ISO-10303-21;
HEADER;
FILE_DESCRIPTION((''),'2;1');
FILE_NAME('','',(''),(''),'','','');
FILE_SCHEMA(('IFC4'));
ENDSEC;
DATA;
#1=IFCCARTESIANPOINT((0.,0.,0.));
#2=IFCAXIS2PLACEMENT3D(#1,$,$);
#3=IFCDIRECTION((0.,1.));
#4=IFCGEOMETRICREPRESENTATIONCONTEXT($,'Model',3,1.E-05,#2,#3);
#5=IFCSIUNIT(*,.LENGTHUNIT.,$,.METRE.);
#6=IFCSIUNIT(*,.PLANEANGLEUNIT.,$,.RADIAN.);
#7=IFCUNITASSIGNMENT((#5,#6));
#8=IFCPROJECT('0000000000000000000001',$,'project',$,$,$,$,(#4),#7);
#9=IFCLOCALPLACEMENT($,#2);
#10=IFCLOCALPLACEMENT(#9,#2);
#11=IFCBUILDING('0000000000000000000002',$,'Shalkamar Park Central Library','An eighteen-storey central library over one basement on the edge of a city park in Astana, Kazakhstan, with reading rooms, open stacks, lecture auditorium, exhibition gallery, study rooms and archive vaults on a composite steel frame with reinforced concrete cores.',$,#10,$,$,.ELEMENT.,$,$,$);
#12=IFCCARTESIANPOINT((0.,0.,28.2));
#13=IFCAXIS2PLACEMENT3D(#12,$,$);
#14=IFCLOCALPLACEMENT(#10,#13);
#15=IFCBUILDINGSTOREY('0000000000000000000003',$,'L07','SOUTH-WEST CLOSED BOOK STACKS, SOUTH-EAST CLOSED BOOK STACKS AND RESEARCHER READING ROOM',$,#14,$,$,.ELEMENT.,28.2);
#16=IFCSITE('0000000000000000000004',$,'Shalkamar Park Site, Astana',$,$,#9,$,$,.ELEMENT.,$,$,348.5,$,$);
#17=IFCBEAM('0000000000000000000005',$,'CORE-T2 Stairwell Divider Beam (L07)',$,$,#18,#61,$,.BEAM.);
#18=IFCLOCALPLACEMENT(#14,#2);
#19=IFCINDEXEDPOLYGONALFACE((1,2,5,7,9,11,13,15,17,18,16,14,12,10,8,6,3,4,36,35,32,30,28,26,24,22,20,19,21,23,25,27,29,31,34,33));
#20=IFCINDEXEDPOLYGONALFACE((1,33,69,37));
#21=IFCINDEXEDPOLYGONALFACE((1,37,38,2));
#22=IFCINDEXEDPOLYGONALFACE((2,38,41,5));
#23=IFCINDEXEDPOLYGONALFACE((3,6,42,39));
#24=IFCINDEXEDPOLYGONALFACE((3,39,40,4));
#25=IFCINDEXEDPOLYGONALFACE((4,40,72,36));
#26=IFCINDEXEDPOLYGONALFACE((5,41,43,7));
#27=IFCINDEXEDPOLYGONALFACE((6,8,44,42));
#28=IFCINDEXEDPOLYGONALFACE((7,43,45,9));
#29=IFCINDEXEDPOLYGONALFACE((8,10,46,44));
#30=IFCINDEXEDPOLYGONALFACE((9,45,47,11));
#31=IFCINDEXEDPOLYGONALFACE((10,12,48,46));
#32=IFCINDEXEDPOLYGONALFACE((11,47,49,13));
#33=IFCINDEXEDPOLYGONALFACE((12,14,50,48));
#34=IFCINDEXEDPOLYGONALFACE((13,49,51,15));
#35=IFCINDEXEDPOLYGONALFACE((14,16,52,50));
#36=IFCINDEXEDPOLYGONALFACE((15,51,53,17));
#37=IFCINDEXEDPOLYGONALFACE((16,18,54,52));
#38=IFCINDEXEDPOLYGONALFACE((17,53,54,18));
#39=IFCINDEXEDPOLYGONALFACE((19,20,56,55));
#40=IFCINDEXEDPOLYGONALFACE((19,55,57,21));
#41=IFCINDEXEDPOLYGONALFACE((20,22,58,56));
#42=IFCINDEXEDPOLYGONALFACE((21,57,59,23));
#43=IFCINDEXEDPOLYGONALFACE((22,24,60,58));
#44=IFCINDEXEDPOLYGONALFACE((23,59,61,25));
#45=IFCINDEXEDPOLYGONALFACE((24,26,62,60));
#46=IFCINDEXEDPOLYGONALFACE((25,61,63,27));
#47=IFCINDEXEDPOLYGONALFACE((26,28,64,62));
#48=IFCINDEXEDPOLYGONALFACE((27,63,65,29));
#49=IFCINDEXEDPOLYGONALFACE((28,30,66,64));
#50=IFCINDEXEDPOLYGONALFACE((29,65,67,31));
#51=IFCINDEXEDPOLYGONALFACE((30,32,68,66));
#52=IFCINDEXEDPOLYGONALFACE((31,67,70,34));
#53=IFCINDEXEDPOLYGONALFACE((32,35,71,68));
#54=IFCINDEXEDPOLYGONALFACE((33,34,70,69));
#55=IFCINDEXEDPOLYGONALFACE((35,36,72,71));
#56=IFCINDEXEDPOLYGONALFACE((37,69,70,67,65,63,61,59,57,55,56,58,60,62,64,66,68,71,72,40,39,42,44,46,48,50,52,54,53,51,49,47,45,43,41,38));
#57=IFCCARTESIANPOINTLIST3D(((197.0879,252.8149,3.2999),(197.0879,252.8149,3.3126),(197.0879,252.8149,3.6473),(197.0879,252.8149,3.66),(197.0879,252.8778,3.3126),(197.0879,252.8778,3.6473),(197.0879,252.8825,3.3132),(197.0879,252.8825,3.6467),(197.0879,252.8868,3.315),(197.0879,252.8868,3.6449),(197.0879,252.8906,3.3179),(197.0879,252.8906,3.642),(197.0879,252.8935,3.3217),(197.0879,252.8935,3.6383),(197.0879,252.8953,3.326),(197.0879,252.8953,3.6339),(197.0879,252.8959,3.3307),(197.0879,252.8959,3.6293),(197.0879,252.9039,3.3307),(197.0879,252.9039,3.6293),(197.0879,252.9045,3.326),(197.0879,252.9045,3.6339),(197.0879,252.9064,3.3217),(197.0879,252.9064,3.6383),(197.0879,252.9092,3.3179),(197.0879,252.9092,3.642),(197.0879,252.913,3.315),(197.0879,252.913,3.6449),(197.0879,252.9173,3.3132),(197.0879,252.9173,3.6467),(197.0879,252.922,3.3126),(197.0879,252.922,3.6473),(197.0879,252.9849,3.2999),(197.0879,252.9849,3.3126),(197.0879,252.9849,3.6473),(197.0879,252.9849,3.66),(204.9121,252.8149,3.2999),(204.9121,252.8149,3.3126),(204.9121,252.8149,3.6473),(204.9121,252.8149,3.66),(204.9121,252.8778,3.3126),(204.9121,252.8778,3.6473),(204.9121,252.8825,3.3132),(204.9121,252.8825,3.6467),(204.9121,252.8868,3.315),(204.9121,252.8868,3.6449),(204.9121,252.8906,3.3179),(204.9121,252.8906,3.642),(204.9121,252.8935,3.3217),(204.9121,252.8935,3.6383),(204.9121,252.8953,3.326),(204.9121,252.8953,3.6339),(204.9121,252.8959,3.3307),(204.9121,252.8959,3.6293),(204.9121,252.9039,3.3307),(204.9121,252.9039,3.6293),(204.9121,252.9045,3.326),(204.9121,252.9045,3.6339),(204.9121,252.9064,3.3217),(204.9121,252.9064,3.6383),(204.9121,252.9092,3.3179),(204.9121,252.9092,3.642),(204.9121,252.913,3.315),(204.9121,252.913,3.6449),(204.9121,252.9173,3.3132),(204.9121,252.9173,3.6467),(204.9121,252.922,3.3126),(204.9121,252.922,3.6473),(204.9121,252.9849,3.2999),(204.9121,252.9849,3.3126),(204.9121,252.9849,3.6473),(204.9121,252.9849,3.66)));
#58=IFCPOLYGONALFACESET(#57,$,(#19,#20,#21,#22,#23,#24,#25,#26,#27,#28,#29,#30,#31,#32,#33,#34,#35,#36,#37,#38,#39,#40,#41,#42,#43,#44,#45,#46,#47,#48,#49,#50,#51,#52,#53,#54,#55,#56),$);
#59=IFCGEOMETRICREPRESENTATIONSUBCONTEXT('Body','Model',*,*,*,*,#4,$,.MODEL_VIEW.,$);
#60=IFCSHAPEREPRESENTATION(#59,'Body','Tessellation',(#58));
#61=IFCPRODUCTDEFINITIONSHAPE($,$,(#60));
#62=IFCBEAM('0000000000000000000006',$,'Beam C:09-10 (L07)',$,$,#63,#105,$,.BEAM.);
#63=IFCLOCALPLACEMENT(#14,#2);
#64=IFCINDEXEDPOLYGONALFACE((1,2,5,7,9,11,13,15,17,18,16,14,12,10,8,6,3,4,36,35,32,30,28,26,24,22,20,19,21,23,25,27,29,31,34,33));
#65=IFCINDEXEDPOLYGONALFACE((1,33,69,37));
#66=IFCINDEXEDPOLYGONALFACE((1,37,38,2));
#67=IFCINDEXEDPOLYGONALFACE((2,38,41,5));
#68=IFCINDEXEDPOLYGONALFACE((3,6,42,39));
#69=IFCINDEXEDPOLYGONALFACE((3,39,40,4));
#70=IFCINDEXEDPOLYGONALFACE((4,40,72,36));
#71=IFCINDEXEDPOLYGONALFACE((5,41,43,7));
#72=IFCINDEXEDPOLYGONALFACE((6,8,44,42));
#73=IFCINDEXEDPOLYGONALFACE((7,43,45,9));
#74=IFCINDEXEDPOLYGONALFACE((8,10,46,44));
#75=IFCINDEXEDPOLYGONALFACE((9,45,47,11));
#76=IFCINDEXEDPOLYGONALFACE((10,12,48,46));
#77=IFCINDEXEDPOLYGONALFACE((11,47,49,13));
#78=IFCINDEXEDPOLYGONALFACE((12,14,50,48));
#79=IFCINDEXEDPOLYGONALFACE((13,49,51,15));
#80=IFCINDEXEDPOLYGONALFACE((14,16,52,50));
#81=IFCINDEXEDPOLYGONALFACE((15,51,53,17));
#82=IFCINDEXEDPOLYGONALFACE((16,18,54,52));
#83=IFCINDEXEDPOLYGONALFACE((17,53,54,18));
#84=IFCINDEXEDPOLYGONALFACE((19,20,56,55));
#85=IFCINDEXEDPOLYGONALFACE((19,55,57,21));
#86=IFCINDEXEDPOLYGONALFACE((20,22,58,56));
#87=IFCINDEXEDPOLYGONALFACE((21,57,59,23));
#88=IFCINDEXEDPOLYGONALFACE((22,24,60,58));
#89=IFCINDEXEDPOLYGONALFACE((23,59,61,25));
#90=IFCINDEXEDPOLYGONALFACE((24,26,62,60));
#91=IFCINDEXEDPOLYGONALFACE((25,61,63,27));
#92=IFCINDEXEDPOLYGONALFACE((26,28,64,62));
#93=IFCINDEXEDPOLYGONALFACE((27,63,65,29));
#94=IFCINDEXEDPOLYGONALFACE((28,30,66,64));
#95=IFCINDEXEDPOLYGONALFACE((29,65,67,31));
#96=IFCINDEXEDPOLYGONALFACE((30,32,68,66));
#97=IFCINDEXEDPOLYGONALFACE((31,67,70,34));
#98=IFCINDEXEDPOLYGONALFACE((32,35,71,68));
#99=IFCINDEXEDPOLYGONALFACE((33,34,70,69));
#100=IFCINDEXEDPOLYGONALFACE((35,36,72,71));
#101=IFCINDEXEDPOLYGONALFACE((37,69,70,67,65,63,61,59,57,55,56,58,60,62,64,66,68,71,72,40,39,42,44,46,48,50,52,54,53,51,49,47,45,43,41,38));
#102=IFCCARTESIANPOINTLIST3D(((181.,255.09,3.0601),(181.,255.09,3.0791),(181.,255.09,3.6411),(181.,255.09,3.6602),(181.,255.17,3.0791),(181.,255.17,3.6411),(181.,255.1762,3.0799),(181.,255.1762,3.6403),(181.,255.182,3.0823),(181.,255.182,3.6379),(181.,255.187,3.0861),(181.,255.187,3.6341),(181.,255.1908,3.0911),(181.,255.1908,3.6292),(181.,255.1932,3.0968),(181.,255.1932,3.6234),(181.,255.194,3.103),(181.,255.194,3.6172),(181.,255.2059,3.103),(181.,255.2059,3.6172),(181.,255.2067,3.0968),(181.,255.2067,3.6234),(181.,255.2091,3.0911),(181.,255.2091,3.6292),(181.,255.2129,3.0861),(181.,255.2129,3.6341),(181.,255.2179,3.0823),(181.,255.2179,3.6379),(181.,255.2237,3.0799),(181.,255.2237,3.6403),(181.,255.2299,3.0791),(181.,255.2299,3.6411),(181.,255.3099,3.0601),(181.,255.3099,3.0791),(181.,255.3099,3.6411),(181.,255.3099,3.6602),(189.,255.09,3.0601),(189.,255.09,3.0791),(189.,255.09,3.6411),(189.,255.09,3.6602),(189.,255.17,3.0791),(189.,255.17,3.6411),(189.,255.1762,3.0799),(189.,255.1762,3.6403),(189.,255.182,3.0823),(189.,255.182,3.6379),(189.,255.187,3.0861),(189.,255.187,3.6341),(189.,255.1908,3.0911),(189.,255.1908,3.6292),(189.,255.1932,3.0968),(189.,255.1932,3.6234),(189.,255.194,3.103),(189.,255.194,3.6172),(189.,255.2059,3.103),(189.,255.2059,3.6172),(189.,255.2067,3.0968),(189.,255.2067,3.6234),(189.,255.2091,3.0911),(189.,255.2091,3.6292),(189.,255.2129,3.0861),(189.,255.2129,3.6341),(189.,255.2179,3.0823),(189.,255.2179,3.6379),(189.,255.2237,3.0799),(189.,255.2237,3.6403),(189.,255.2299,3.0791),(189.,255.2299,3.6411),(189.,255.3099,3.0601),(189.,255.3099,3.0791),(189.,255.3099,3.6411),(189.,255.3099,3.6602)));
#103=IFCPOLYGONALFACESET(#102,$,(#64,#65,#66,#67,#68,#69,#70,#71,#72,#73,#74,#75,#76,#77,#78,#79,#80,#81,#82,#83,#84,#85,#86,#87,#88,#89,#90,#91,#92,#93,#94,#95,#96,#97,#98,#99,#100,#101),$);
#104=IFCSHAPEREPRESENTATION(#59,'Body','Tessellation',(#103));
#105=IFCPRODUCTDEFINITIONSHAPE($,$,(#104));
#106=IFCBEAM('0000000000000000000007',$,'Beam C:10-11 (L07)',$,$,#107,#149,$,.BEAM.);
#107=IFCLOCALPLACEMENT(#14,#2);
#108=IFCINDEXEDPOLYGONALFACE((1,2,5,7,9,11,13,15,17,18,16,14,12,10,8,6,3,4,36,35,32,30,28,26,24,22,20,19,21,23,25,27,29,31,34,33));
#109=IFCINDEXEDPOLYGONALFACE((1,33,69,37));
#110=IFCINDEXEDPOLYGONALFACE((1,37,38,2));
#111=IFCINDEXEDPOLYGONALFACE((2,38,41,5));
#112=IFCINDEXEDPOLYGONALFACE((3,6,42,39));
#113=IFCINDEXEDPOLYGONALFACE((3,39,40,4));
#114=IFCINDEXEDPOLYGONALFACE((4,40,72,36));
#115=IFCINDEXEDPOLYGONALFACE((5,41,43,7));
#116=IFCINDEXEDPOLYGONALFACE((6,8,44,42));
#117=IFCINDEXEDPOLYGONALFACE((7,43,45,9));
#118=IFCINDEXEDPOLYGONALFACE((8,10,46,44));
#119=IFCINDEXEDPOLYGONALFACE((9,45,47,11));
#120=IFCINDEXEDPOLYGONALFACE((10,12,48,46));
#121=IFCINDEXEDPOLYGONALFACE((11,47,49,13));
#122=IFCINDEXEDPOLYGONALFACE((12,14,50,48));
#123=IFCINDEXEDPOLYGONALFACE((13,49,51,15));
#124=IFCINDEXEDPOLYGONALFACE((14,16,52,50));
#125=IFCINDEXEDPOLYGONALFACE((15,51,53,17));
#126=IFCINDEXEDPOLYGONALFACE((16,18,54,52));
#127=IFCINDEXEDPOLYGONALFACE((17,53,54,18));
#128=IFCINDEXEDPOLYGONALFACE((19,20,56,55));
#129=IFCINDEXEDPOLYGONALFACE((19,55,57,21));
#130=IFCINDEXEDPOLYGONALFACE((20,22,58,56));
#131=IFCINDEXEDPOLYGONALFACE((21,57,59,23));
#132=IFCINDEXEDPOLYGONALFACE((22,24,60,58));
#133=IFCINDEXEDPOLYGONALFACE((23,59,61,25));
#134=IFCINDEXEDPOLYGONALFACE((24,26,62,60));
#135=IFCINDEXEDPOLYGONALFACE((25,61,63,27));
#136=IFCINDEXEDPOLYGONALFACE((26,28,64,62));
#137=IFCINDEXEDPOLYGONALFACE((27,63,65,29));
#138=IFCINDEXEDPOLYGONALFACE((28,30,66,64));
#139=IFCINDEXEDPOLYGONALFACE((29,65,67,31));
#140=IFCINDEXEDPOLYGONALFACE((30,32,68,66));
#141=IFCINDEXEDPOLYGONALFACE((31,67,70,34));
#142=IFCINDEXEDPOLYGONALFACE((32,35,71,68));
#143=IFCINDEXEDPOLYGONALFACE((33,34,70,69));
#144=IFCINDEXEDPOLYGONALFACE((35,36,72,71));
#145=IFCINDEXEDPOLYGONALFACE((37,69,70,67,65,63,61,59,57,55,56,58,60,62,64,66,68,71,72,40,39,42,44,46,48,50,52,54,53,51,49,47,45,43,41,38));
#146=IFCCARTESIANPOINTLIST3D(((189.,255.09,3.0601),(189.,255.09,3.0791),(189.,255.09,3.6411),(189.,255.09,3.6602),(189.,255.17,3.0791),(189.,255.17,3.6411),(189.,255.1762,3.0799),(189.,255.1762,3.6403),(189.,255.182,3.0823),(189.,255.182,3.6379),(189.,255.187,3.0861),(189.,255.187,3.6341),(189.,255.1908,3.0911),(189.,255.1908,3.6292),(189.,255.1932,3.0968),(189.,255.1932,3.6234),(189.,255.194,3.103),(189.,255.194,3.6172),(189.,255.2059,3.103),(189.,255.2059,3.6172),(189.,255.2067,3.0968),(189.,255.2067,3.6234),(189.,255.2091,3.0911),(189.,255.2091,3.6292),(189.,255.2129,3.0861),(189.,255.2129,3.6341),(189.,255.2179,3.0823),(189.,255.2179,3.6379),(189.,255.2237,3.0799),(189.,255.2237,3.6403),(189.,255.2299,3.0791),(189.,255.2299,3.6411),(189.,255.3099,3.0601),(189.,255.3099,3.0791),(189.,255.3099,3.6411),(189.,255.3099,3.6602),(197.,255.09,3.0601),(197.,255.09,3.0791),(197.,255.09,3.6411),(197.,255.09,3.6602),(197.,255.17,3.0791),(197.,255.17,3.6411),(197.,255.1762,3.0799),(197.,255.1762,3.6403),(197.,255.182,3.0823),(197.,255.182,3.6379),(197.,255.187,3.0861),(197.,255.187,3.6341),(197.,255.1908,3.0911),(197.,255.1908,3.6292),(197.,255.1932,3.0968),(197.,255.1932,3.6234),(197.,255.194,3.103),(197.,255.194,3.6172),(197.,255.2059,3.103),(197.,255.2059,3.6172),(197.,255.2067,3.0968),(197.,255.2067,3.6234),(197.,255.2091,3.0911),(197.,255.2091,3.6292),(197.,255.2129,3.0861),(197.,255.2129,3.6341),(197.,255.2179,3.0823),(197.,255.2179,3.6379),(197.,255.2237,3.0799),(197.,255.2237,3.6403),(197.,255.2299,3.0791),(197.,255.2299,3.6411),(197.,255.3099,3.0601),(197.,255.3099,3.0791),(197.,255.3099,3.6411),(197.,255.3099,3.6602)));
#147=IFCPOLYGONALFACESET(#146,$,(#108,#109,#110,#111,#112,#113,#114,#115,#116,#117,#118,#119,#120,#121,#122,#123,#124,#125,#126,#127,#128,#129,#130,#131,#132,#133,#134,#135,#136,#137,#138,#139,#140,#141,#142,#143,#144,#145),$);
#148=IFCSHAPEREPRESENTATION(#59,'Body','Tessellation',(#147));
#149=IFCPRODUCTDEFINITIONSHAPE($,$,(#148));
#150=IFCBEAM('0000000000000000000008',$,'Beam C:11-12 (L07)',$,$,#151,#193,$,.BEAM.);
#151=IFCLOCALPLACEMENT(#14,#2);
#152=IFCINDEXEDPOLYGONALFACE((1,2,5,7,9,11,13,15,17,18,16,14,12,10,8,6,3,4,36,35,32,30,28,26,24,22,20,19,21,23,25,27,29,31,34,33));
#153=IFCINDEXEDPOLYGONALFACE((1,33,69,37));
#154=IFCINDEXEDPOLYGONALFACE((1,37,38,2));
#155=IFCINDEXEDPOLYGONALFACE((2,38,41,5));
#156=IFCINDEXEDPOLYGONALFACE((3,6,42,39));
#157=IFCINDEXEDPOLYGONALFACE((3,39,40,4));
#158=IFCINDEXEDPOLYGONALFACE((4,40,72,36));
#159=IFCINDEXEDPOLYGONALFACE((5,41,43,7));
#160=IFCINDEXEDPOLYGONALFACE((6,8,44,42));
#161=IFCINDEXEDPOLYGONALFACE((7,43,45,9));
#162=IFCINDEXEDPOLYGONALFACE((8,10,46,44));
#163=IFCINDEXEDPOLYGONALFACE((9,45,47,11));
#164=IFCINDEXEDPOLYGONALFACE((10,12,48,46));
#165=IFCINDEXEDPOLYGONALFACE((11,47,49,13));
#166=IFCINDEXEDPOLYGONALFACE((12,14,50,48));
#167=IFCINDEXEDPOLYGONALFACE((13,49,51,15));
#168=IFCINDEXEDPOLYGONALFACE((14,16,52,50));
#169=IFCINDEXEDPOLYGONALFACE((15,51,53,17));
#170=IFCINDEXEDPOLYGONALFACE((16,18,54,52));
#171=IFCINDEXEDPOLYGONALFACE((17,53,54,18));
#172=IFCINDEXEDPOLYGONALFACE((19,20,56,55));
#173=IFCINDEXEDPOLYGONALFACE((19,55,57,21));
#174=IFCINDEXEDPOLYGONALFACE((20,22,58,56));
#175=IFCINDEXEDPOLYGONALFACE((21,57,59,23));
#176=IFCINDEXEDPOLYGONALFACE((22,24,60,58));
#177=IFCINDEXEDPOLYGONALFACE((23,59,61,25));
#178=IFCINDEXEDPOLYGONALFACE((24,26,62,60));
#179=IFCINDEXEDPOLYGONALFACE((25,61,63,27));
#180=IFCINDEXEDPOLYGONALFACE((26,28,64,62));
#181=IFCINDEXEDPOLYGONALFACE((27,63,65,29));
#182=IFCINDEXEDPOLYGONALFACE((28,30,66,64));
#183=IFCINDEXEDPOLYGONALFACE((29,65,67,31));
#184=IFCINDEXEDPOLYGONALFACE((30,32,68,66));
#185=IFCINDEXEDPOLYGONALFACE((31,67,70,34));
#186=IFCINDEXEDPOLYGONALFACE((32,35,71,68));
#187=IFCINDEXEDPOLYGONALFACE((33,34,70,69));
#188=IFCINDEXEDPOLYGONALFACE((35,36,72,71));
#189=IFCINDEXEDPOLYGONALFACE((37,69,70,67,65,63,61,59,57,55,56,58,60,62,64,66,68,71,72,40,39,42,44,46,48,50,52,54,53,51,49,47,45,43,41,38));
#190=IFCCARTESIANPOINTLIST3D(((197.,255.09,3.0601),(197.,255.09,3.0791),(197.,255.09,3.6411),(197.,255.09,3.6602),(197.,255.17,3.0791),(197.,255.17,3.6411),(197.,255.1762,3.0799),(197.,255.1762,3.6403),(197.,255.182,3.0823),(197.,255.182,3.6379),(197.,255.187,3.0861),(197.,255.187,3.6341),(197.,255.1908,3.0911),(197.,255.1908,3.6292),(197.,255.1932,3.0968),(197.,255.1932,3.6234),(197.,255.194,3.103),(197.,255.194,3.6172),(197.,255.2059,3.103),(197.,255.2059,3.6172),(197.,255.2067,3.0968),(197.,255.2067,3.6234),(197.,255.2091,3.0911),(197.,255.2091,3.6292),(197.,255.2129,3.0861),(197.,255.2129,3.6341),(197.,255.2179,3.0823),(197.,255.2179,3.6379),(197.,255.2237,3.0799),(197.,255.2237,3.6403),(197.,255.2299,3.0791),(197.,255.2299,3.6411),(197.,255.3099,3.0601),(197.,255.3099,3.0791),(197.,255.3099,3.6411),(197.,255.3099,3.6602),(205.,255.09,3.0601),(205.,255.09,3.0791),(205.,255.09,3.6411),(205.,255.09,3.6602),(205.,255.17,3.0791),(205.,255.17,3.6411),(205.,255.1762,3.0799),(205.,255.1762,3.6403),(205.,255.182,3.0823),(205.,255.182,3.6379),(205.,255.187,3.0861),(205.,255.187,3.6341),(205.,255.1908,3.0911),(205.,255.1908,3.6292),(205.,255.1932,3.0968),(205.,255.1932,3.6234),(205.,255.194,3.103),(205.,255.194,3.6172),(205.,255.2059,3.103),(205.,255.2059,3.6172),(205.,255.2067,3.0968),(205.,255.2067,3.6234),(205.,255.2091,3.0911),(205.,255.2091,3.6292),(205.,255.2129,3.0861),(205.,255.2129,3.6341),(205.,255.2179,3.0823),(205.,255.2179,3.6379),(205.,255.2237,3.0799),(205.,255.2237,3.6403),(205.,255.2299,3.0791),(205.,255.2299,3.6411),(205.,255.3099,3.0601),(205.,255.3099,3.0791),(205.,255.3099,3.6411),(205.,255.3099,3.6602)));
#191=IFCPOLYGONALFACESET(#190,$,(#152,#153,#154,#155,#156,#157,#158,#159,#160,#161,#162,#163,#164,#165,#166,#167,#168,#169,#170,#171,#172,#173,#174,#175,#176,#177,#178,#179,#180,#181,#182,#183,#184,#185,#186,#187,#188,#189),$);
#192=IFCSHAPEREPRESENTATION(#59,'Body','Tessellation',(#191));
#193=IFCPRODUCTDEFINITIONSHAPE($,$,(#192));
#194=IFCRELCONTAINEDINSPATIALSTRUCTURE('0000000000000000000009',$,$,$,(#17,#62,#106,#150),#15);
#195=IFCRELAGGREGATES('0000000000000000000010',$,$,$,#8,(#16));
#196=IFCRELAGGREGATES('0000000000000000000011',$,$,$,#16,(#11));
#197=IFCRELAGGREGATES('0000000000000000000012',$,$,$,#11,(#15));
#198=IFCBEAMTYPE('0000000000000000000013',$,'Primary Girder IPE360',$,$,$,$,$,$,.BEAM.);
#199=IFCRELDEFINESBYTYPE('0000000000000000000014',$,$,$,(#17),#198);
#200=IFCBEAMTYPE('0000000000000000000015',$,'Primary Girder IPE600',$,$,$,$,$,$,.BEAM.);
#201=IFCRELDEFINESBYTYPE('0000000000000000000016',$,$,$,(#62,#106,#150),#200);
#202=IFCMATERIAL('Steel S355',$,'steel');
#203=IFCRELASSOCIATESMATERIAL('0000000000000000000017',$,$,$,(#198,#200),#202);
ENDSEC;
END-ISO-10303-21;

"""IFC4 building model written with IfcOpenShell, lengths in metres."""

from ifc_helpers import new_model, si_unit, direction, frame, origin, origin_2d, place, context, subcontext, project, spatial, i_section, extrude, material, material_profile, profile_set, type_object, element, save


model = new_model("IFC4")

# Units and contexts
model_context = context("Model", 3, precision=1e-05, world=origin(), true_north=direction((0.0, 1.0)))
body_context = subcontext(model_context, "Body", "Model", "MODEL_VIEW")
ifc_project = project(units=[si_unit("LENGTHUNIT", "METRE"), si_unit("PLANEANGLEUNIT", "RADIAN")], contexts=[model_context])

# Site, building, storey
site_placement = place(None, origin())
site = spatial("IfcSite", under=ifc_project, at=site_placement, Name="Shalkamar Park Site, Astana", CompositionType="ELEMENT", RefElevation=348.5)
building_placement = place(site_placement, origin())
building = spatial("IfcBuilding", under=site, at=building_placement, Name="Shalkamar Park Central Library", Description="An eighteen-storey central library over one basement on the edge of a city park in Astana, Kazakhstan, with reading rooms, open stacks, lecture auditorium, exhibition gallery, study rooms and archive vaults on a composite steel frame with reinforced concrete cores.", CompositionType="ELEMENT")
storey_placement = place(building_placement, frame((0.0, 0.0, 28.2)))
storey = spatial("IfcBuildingStorey", under=building, at=storey_placement, Name="L07", Description="SOUTH-WEST CLOSED BOOK STACKS, SOUTH-EAST CLOSED BOOK STACKS AND RESEARCHER READING ROOM", CompositionType="ELEMENT", Elevation=28.2)

# Shared definitions
ifc_material_1 = material(Name="Steel S355", Category="steel")

# Beams
ifc_material_profile_1 = material_profile(ifc_material_1, i_section(OverallWidth=0.1699, OverallDepth=0.3601, WebThickness=0.0081, FlangeThickness=0.0127, FilletRadius=0.0181, at=origin_2d()), Name="IPE 360")
ifc_profile_set_1 = profile_set([ifc_material_profile_1], Name="Steel S355")
beam_type_1 = type_object("IfcBeamType", Name="Primary Girder IPE360", PredefinedType="BEAM", material=ifc_profile_set_1)
beam_1_placement = place(storey_placement, frame((197.0879, 252.8999, 3.48), z_axis=(1.0, 0.0, 0.0), x_axis=(0.0, 1.0, 0.0)))
element("IfcBeam", 1, at=beam_1_placement, inside=storey, type_object=beam_type_1, Name="CORE-T2 Stairwell Divider Beam (L07)", PredefinedType="BEAM", context=body_context, shape_type="SweptSolid", body=[
    extrude(i_section(OverallWidth=0.1699, OverallDepth=0.3601, WebThickness=0.0081, FlangeThickness=0.0127, FilletRadius=0.0181, at=origin_2d()), origin(), (0.0, 0.0, 1.0), 7.8242),
])
ifc_material_profile_2 = material_profile(ifc_material_1, i_section(OverallWidth=0.22, OverallDepth=0.6001, WebThickness=0.012, FlangeThickness=0.019, FilletRadius=0.0239, at=origin_2d()), Name="IPE 600")
ifc_profile_set_2 = profile_set([ifc_material_profile_2], Name="Steel S355")
beam_type_2 = type_object("IfcBeamType", Name="Primary Girder IPE600", PredefinedType="BEAM", material=ifc_profile_set_2)
for number, where, z_axis, x_axis, name in (
    (2, (181.0, 255.2, 3.3601), (1.0, 0.0, 0.0), (0.0, 1.0, 0.0), "Beam C:09-10 (L07)"),
    (3, (189.0, 255.2, 3.3601), (1.0, 0.0, 0.0), (0.0, 1.0, 0.0), "Beam C:10-11 (L07)"),
    (4, (197.0, 255.2, 3.3601), (1.0, 0.0, 0.0), (0.0, 1.0, 0.0), "Beam C:11-12 (L07)"),
):
    element("IfcBeam", number, at=place(storey_placement, frame(where, z_axis=z_axis, x_axis=x_axis)), inside=storey, type_object=beam_type_2, Name=name, PredefinedType="BEAM", context=body_context, shape_type="SweptSolid", body=[
        extrude(i_section(OverallWidth=0.22, OverallDepth=0.6001, WebThickness=0.012, FlangeThickness=0.019, FilletRadius=0.0239, at=origin_2d()), origin(), (0.0, 0.0, 1.0), 8.0),
    ])

save(model, "model.ifc")
